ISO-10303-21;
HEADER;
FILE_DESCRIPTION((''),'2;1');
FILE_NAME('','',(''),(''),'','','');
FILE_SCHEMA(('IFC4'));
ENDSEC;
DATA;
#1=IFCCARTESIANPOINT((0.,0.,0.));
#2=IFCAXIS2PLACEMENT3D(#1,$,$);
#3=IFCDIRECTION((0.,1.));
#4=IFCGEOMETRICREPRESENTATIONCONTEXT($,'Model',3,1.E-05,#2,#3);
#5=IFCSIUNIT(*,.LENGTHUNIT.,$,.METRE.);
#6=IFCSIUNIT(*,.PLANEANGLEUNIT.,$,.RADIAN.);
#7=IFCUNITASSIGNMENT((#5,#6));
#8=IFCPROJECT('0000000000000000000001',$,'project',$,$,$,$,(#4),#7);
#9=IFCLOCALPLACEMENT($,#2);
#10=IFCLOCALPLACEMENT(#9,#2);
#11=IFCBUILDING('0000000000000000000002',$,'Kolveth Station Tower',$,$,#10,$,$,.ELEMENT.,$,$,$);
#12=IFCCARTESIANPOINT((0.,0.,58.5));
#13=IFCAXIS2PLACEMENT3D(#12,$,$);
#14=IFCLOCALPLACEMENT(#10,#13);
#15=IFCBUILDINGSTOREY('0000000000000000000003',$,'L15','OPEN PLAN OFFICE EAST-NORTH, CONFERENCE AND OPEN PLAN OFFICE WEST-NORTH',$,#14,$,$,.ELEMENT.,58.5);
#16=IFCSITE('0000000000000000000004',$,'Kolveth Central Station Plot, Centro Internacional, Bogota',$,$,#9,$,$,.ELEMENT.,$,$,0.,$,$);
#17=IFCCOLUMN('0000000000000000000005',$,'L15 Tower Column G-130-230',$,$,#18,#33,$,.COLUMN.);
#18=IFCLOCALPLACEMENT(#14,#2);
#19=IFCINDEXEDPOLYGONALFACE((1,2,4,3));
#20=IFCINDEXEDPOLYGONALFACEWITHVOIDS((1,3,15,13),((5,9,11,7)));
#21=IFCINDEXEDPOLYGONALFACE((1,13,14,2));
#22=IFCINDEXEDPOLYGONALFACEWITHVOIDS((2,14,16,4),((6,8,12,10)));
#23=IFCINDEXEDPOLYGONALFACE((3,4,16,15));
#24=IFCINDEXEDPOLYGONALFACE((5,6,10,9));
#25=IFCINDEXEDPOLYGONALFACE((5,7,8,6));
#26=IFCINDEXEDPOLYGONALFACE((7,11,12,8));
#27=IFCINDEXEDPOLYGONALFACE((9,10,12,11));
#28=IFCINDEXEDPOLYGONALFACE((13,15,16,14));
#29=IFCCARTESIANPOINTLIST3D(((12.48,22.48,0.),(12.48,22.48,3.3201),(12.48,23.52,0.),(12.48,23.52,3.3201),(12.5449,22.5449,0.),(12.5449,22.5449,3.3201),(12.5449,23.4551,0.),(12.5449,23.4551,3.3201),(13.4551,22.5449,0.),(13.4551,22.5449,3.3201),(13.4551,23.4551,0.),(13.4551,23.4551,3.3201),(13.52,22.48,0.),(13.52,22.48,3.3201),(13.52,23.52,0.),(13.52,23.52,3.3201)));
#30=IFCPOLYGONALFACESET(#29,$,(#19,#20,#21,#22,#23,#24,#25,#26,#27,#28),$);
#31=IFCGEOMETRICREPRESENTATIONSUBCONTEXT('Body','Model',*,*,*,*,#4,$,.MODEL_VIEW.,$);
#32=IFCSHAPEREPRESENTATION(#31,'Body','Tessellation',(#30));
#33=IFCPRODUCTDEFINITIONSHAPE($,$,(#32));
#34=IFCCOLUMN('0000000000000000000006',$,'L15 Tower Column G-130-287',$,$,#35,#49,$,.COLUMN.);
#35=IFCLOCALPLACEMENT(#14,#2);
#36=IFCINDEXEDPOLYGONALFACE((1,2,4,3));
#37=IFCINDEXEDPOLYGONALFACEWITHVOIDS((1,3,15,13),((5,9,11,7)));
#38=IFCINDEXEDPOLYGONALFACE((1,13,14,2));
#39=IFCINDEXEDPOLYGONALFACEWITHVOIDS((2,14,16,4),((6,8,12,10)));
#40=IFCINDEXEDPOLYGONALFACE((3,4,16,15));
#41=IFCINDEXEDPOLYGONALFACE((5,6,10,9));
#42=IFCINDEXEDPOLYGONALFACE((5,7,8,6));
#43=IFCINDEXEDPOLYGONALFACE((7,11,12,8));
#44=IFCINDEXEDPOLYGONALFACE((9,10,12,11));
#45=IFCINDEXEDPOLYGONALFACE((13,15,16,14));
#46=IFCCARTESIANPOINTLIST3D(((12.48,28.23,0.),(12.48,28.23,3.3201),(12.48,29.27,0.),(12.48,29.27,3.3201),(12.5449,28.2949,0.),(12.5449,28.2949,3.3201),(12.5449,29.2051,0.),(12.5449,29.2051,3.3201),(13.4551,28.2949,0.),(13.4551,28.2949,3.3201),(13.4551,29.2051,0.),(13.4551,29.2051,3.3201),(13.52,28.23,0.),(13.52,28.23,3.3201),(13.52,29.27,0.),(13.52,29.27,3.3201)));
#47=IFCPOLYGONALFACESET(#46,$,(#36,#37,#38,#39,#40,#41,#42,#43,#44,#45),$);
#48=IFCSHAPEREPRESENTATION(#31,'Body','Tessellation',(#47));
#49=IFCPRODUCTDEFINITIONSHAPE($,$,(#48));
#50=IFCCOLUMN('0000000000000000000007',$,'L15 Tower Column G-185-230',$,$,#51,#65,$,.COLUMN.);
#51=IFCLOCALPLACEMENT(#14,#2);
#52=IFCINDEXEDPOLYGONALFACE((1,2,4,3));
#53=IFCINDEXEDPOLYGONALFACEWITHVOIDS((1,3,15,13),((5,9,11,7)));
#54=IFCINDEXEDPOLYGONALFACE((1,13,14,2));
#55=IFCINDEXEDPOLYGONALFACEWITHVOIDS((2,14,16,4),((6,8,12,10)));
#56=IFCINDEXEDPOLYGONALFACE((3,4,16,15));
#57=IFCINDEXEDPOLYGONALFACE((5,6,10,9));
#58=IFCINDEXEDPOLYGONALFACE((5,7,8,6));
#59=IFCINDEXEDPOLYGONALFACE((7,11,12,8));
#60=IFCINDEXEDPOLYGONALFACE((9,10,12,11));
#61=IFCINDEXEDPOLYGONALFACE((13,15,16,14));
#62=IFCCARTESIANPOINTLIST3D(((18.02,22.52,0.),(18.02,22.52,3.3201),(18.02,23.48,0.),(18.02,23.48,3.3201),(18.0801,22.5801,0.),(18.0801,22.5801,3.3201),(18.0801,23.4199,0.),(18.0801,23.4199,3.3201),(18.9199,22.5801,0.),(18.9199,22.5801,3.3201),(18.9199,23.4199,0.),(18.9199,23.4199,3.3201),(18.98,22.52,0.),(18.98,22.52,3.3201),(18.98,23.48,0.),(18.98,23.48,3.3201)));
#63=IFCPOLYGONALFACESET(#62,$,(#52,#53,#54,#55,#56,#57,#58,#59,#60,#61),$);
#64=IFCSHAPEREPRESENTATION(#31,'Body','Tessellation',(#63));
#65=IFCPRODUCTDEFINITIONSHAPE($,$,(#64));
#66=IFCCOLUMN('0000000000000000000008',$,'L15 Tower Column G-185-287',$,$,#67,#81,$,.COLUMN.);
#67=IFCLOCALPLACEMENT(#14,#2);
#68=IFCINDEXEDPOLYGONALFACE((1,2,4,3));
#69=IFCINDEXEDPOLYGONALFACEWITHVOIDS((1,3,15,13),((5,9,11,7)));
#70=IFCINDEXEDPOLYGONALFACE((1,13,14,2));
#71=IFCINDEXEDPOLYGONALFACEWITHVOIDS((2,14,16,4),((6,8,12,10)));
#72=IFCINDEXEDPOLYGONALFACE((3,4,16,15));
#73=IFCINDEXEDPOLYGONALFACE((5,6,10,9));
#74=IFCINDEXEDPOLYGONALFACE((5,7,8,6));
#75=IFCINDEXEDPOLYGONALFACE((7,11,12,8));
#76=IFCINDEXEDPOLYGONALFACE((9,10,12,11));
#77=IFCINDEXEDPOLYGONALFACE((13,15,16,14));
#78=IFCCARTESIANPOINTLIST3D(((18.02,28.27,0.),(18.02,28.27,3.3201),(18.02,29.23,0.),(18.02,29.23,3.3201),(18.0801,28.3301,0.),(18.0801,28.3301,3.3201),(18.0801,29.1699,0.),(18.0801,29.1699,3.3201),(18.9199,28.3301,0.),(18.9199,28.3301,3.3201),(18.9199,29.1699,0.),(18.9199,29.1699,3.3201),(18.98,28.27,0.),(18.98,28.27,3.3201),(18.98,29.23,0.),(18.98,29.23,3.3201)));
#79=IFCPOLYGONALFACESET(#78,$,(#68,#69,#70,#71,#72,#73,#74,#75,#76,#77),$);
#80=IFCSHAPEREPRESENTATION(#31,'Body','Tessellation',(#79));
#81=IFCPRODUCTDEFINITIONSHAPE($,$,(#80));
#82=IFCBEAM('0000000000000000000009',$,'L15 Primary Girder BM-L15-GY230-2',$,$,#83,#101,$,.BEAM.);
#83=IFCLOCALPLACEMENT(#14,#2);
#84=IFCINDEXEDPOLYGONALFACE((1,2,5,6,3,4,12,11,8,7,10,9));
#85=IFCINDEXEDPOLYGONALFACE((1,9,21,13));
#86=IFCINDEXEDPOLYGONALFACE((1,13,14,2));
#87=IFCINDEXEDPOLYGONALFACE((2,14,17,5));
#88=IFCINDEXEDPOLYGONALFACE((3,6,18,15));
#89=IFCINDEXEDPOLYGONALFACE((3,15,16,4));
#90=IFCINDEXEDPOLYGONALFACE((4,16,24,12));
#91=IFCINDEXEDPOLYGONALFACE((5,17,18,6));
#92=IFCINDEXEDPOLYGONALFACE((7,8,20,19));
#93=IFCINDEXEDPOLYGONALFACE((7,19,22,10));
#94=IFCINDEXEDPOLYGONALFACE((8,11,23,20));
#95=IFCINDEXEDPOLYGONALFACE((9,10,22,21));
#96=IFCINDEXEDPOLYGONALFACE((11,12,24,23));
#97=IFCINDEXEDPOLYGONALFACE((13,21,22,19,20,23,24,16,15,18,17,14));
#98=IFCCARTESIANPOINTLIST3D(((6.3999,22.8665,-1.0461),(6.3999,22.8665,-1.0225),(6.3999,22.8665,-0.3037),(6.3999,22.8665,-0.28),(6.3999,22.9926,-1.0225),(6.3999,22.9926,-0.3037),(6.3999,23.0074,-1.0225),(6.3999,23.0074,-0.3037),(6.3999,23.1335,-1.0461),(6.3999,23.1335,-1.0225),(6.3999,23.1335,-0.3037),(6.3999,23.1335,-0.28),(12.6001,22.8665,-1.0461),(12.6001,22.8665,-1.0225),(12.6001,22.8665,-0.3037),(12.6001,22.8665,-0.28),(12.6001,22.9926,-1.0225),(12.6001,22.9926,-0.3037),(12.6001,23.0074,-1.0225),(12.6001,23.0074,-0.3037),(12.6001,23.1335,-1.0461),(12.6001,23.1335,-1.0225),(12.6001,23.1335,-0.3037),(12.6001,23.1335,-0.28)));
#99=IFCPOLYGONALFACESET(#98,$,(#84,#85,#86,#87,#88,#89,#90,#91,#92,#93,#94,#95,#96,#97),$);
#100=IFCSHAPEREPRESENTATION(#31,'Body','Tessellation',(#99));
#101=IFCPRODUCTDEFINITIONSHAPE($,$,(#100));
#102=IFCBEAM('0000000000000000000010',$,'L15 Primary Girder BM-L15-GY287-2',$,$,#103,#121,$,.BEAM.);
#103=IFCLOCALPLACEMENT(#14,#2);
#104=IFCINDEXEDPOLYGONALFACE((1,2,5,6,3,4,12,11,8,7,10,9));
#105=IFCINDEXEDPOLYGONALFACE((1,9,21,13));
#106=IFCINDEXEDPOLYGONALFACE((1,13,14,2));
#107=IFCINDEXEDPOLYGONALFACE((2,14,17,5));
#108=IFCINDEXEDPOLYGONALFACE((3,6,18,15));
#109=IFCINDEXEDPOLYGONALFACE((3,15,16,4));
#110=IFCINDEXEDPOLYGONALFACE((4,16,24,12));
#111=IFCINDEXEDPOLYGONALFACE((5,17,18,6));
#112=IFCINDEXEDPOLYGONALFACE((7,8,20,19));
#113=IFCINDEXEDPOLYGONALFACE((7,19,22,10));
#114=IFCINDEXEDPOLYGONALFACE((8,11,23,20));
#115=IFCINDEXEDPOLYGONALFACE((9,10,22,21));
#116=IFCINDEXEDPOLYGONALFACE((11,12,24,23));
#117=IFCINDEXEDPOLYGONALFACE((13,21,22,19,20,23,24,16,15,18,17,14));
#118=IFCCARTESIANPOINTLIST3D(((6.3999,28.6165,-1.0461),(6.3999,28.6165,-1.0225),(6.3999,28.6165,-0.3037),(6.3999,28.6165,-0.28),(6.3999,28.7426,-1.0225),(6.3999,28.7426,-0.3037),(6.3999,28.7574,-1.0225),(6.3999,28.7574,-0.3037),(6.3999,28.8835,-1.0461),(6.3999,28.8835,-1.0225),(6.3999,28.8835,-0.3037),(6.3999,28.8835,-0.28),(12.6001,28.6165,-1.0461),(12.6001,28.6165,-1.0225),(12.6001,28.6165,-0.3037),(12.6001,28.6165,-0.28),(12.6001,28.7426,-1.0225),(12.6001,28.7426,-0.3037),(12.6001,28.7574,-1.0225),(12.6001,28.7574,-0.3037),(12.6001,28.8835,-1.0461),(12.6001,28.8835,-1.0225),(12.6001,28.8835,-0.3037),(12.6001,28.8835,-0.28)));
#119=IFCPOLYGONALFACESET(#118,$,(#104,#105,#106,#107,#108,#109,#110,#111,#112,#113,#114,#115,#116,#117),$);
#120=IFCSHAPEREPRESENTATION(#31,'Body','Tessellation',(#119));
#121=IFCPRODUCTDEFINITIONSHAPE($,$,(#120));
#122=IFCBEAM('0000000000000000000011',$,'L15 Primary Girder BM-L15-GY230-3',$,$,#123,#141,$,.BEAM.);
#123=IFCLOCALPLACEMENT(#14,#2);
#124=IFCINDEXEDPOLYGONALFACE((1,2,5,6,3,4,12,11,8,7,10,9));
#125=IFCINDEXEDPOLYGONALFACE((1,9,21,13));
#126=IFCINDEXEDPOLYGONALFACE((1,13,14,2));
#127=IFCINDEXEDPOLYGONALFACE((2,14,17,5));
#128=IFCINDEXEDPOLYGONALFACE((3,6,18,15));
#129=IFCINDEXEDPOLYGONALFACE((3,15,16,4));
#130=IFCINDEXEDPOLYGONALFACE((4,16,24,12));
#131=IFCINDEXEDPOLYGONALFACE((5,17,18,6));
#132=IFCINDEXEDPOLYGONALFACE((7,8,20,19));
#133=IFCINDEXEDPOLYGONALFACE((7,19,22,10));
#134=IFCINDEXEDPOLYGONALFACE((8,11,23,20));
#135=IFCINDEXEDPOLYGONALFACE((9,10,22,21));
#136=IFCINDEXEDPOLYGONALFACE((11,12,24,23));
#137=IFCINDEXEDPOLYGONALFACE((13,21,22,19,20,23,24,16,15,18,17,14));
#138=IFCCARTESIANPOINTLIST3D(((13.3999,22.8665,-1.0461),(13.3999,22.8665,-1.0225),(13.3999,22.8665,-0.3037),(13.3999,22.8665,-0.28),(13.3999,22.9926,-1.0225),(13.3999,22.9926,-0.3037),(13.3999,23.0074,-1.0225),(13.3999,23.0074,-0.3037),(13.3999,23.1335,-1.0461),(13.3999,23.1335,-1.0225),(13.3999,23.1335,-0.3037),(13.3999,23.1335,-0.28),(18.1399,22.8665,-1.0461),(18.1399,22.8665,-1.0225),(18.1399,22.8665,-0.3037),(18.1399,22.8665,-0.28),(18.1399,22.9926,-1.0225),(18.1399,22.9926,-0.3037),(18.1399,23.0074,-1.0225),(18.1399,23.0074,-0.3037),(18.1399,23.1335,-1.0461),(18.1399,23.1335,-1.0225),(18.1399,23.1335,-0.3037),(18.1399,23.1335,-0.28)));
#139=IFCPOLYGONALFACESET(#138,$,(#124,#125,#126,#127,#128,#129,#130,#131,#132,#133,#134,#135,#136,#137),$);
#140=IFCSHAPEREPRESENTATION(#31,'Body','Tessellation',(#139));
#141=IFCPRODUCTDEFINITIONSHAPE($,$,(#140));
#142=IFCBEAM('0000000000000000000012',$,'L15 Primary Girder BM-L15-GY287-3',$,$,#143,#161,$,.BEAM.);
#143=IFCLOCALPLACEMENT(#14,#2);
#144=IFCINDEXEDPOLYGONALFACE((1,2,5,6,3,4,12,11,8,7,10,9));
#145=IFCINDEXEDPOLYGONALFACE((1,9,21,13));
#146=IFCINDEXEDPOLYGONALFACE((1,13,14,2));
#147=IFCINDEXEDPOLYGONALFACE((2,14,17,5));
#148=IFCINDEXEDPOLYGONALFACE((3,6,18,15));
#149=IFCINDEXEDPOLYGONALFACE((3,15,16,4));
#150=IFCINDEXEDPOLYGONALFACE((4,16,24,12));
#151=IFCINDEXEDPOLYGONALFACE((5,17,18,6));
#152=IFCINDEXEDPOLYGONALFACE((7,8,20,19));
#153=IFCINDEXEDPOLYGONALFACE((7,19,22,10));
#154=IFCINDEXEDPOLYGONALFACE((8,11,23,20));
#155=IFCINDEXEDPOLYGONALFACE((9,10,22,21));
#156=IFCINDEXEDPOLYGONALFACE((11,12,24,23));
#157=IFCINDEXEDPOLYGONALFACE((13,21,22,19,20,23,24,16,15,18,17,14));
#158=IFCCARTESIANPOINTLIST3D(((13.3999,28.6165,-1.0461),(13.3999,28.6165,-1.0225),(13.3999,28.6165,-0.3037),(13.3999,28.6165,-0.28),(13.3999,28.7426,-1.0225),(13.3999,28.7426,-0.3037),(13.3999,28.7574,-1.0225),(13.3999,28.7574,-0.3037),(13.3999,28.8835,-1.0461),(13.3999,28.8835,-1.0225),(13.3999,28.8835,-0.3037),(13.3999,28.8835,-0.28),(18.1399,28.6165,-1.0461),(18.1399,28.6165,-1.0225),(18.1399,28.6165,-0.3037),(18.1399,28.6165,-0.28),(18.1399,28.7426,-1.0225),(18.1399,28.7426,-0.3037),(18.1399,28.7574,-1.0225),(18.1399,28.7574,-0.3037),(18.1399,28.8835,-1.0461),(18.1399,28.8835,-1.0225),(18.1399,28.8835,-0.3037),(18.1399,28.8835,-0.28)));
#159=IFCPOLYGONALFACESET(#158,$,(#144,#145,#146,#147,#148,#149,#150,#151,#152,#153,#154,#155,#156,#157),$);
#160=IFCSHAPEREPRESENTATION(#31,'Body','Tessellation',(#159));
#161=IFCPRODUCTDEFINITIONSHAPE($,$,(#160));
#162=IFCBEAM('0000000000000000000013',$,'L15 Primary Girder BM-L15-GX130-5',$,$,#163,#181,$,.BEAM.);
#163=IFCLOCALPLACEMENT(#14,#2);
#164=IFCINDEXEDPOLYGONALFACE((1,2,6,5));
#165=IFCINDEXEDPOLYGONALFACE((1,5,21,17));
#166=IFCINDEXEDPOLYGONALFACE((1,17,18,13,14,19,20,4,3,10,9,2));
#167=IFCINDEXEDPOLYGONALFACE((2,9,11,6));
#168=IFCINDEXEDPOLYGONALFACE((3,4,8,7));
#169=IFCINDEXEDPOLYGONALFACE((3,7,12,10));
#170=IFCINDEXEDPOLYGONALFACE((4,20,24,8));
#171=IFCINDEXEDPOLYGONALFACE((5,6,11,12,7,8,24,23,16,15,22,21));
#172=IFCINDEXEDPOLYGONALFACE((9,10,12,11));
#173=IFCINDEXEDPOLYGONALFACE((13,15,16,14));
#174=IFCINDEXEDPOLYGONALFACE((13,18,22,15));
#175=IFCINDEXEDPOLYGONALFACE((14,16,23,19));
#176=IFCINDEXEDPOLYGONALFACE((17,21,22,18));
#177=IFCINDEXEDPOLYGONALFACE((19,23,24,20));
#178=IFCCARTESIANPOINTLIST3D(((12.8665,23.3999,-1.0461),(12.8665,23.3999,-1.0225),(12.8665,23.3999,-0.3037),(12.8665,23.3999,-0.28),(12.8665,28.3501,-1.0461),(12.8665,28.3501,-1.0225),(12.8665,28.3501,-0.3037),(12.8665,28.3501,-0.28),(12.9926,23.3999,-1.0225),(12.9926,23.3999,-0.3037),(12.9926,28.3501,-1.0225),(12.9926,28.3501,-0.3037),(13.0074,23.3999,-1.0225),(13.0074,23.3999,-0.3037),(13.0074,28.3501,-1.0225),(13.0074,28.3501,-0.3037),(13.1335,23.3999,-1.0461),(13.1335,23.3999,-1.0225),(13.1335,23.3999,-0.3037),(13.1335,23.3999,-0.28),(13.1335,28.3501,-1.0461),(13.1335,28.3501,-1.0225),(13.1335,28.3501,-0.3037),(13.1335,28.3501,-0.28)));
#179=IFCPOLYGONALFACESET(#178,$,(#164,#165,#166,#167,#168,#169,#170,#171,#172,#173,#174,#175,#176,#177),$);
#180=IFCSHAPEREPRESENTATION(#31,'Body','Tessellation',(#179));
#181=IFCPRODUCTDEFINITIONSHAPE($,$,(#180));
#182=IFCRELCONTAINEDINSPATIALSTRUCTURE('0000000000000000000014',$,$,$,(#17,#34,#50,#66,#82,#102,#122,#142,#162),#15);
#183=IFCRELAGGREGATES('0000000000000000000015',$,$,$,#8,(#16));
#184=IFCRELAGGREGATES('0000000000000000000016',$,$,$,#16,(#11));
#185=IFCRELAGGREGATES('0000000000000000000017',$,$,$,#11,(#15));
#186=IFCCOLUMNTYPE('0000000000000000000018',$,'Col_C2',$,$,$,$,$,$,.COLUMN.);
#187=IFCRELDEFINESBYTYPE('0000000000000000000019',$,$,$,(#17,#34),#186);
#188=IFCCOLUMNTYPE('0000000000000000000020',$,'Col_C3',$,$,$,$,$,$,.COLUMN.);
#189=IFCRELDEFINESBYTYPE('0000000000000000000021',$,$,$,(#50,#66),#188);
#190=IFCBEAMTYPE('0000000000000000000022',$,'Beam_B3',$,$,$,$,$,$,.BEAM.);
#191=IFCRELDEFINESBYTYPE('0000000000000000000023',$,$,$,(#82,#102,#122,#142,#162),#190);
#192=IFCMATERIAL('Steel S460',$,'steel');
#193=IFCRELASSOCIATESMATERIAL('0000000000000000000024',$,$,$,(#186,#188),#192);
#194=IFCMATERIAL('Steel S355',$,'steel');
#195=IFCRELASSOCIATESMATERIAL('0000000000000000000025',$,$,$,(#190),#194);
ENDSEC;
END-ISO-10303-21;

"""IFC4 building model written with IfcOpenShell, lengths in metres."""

from ifc_helpers import new_model, si_unit, direction, frame, origin, origin_2d, place, context, subcontext, project, spatial, hollow_rectangle, i_section, extrude, source, transform, mapped, material, material_profile, profile_set, type_object, element, save


model = new_model("IFC4")

# Units and contexts
model_context = context("Model", 3, precision=1e-05, world=origin(), true_north=direction((0.0, 1.0)))
body_context = subcontext(model_context, "Body", "Model", "MODEL_VIEW")
ifc_project = project(units=[si_unit("LENGTHUNIT", "METRE"), si_unit("PLANEANGLEUNIT", "RADIAN")], contexts=[model_context])

# Site, building, storey
site_placement = place(None, origin())
site = spatial("IfcSite", under=ifc_project, at=site_placement, Name="Kolveth Central Station Plot, Centro Internacional, Bogota", CompositionType="ELEMENT", RefElevation=0.0)
building_placement = place(site_placement, origin())
building = spatial("IfcBuilding", under=site, at=building_placement, Name="Kolveth Station Tower", CompositionType="ELEMENT")
storey_placement = place(building_placement, frame((0.0, 0.0, 58.5)))
storey = spatial("IfcBuildingStorey", under=building, at=storey_placement, Name="L15", Description="OPEN PLAN OFFICE EAST-NORTH, CONFERENCE AND OPEN PLAN OFFICE WEST-NORTH", CompositionType="ELEMENT", Elevation=58.5)

# Columns
ifc_material_1 = material(Name="Steel S460", Category="steel")
ifc_material_profile_1 = material_profile(ifc_material_1, hollow_rectangle(XDim=1.04, YDim=1.04, WallThickness=0.0649, at=origin_2d()), Name="BOX1040x1040x65")
ifc_profile_set_1 = profile_set([ifc_material_profile_1], Name="Steel S460")
column_type_1 = type_object("IfcColumnType", Name="Col_C2", PredefinedType="COLUMN", material=ifc_profile_set_1)
shared_shape_1 = source(origin(), body_context, "Body", "SweptSolid", [
    extrude(hollow_rectangle(XDim=1.04, YDim=1.04, WallThickness=0.0649, at=origin_2d()), origin(), (0.0, 0.0, 1.0), 3.3201),
])
for number, where, z_axis, x_axis, name in (
    (1, (13.0, 23.0, 0.0), (0.0, 0.0, 1.0), (1.0, 0.0, 0.0), "L15 Tower Column G-130-230"),
    (2, (13.0, 28.75, 0.0), (0.0, 0.0, 1.0), (1.0, 0.0, 0.0), "L15 Tower Column G-130-287"),
):
    element("IfcColumn", number, at=place(storey_placement, frame(where, z_axis=z_axis, x_axis=x_axis)), inside=storey, type_object=column_type_1, Name=name, PredefinedType="COLUMN", context=body_context, shape_type="MappedRepresentation", body=[
        mapped(shared_shape_1, transform((0.0, 0.0, 0.0), x_axis=(1.0, 0.0, 0.0), y_axis=(0.0, 1.0, 0.0), z_axis=(0.0, 0.0, 1.0), scale=1.0)),
    ])
ifc_material_profile_2 = material_profile(ifc_material_1, hollow_rectangle(XDim=0.96, YDim=0.96, WallThickness=0.0601, at=origin_2d()), Name="BOX960x960x60")
ifc_profile_set_2 = profile_set([ifc_material_profile_2], Name="Steel S460")
column_type_2 = type_object("IfcColumnType", Name="Col_C3", PredefinedType="COLUMN", material=ifc_profile_set_2)
shared_shape_2 = source(origin(), body_context, "Body", "SweptSolid", [
    extrude(hollow_rectangle(XDim=0.96, YDim=0.96, WallThickness=0.0601, at=origin_2d()), origin(), (0.0, 0.0, 1.0), 3.3201),
])
for number, where, z_axis, x_axis, name in (
    (3, (18.5, 23.0, 0.0), (0.0, 0.0, 1.0), (1.0, 0.0, 0.0), "L15 Tower Column G-185-230"),
    (4, (18.5, 28.75, 0.0), (0.0, 0.0, 1.0), (1.0, 0.0, 0.0), "L15 Tower Column G-185-287"),
):
    element("IfcColumn", number, at=place(storey_placement, frame(where, z_axis=z_axis, x_axis=x_axis)), inside=storey, type_object=column_type_2, Name=name, PredefinedType="COLUMN", context=body_context, shape_type="MappedRepresentation", body=[
        mapped(shared_shape_2, transform((0.0, 0.0, 0.0), x_axis=(1.0, 0.0, 0.0), y_axis=(0.0, 1.0, 0.0), z_axis=(0.0, 0.0, 1.0), scale=1.0)),
    ])

# Beams
ifc_material_2 = material(Name="Steel S355", Category="steel")
ifc_material_profile_3 = material_profile(ifc_material_2, i_section(OverallWidth=0.2671, OverallDepth=0.7661, WebThickness=0.0149, FlangeThickness=0.0237, at=origin_2d()), Name="W760x185")
ifc_profile_set_3 = profile_set([ifc_material_profile_3], Name="Steel S355")
beam_type_1 = type_object("IfcBeamType", Name="Beam_B3", PredefinedType="BEAM", material=ifc_profile_set_3)
shared_shape_3 = source(origin(), body_context, "Body", "SweptSolid", [
    extrude(i_section(OverallWidth=0.2671, OverallDepth=0.7661, WebThickness=0.0149, FlangeThickness=0.0237, at=origin_2d()), origin(), (0.0, 0.0, 1.0), 6.2002),
])
for number, where, z_axis, x_axis, name in (
    (5, (6.3999, 23.0, -0.6631), (1.0, 0.0, 0.0), (0.0, 1.0, 0.0), "L15 Primary Girder BM-L15-GY230-2"),
    (6, (6.3999, 28.75, -0.6631), (1.0, 0.0, 0.0), (0.0, 1.0, 0.0), "L15 Primary Girder BM-L15-GY287-2"),
):
    element("IfcBeam", number, at=place(storey_placement, frame(where, z_axis=z_axis, x_axis=x_axis)), inside=storey, type_object=beam_type_1, Name=name, PredefinedType="BEAM", context=body_context, shape_type="MappedRepresentation", body=[
        mapped(shared_shape_3, transform((0.0, 0.0, 0.0), x_axis=(1.0, 0.0, 0.0), y_axis=(0.0, 1.0, 0.0), z_axis=(0.0, 0.0, 1.0), scale=1.0)),
    ])
shared_shape_4 = source(origin(), body_context, "Body", "SweptSolid", [
    extrude(i_section(OverallWidth=0.2671, OverallDepth=0.7661, WebThickness=0.0149, FlangeThickness=0.0237, at=origin_2d()), origin(), (0.0, 0.0, 1.0), 4.74),
])
for number, where, z_axis, x_axis, name in (
    (7, (13.3999, 23.0, -0.6631), (1.0, 0.0, 0.0), (0.0, 1.0, 0.0), "L15 Primary Girder BM-L15-GY230-3"),
    (8, (13.3999, 28.75, -0.6631), (1.0, 0.0, 0.0), (0.0, 1.0, 0.0), "L15 Primary Girder BM-L15-GY287-3"),
):
    element("IfcBeam", number, at=place(storey_placement, frame(where, z_axis=z_axis, x_axis=x_axis)), inside=storey, type_object=beam_type_1, Name=name, PredefinedType="BEAM", context=body_context, shape_type="MappedRepresentation", body=[
        mapped(shared_shape_4, transform((0.0, 0.0, 0.0), x_axis=(1.0, 0.0, 0.0), y_axis=(0.0, 1.0, 0.0), z_axis=(0.0, 0.0, 1.0), scale=1.0)),
    ])
shared_shape_5 = source(origin(), body_context, "Body", "SweptSolid", [
    extrude(i_section(OverallWidth=0.2671, OverallDepth=0.7661, WebThickness=0.0149, FlangeThickness=0.0237, at=origin_2d()), origin(), (0.0, 0.0, 1.0), 4.9502),
])
beam_1_placement = place(storey_placement, frame((13.0, 23.3999, -0.6631), z_axis=(0.0, 1.0, 0.0), x_axis=(-1.0, 0.0, 0.0)))
element("IfcBeam", 9, at=beam_1_placement, inside=storey, type_object=beam_type_1, Name="L15 Primary Girder BM-L15-GX130-5", PredefinedType="BEAM", context=body_context, shape_type="MappedRepresentation", body=[
    mapped(shared_shape_5, transform((0.0, 0.0, 0.0), x_axis=(1.0, 0.0, 0.0), y_axis=(0.0, 1.0, 0.0), z_axis=(0.0, 0.0, 1.0), scale=1.0)),
])

save(model, "model.ifc")
